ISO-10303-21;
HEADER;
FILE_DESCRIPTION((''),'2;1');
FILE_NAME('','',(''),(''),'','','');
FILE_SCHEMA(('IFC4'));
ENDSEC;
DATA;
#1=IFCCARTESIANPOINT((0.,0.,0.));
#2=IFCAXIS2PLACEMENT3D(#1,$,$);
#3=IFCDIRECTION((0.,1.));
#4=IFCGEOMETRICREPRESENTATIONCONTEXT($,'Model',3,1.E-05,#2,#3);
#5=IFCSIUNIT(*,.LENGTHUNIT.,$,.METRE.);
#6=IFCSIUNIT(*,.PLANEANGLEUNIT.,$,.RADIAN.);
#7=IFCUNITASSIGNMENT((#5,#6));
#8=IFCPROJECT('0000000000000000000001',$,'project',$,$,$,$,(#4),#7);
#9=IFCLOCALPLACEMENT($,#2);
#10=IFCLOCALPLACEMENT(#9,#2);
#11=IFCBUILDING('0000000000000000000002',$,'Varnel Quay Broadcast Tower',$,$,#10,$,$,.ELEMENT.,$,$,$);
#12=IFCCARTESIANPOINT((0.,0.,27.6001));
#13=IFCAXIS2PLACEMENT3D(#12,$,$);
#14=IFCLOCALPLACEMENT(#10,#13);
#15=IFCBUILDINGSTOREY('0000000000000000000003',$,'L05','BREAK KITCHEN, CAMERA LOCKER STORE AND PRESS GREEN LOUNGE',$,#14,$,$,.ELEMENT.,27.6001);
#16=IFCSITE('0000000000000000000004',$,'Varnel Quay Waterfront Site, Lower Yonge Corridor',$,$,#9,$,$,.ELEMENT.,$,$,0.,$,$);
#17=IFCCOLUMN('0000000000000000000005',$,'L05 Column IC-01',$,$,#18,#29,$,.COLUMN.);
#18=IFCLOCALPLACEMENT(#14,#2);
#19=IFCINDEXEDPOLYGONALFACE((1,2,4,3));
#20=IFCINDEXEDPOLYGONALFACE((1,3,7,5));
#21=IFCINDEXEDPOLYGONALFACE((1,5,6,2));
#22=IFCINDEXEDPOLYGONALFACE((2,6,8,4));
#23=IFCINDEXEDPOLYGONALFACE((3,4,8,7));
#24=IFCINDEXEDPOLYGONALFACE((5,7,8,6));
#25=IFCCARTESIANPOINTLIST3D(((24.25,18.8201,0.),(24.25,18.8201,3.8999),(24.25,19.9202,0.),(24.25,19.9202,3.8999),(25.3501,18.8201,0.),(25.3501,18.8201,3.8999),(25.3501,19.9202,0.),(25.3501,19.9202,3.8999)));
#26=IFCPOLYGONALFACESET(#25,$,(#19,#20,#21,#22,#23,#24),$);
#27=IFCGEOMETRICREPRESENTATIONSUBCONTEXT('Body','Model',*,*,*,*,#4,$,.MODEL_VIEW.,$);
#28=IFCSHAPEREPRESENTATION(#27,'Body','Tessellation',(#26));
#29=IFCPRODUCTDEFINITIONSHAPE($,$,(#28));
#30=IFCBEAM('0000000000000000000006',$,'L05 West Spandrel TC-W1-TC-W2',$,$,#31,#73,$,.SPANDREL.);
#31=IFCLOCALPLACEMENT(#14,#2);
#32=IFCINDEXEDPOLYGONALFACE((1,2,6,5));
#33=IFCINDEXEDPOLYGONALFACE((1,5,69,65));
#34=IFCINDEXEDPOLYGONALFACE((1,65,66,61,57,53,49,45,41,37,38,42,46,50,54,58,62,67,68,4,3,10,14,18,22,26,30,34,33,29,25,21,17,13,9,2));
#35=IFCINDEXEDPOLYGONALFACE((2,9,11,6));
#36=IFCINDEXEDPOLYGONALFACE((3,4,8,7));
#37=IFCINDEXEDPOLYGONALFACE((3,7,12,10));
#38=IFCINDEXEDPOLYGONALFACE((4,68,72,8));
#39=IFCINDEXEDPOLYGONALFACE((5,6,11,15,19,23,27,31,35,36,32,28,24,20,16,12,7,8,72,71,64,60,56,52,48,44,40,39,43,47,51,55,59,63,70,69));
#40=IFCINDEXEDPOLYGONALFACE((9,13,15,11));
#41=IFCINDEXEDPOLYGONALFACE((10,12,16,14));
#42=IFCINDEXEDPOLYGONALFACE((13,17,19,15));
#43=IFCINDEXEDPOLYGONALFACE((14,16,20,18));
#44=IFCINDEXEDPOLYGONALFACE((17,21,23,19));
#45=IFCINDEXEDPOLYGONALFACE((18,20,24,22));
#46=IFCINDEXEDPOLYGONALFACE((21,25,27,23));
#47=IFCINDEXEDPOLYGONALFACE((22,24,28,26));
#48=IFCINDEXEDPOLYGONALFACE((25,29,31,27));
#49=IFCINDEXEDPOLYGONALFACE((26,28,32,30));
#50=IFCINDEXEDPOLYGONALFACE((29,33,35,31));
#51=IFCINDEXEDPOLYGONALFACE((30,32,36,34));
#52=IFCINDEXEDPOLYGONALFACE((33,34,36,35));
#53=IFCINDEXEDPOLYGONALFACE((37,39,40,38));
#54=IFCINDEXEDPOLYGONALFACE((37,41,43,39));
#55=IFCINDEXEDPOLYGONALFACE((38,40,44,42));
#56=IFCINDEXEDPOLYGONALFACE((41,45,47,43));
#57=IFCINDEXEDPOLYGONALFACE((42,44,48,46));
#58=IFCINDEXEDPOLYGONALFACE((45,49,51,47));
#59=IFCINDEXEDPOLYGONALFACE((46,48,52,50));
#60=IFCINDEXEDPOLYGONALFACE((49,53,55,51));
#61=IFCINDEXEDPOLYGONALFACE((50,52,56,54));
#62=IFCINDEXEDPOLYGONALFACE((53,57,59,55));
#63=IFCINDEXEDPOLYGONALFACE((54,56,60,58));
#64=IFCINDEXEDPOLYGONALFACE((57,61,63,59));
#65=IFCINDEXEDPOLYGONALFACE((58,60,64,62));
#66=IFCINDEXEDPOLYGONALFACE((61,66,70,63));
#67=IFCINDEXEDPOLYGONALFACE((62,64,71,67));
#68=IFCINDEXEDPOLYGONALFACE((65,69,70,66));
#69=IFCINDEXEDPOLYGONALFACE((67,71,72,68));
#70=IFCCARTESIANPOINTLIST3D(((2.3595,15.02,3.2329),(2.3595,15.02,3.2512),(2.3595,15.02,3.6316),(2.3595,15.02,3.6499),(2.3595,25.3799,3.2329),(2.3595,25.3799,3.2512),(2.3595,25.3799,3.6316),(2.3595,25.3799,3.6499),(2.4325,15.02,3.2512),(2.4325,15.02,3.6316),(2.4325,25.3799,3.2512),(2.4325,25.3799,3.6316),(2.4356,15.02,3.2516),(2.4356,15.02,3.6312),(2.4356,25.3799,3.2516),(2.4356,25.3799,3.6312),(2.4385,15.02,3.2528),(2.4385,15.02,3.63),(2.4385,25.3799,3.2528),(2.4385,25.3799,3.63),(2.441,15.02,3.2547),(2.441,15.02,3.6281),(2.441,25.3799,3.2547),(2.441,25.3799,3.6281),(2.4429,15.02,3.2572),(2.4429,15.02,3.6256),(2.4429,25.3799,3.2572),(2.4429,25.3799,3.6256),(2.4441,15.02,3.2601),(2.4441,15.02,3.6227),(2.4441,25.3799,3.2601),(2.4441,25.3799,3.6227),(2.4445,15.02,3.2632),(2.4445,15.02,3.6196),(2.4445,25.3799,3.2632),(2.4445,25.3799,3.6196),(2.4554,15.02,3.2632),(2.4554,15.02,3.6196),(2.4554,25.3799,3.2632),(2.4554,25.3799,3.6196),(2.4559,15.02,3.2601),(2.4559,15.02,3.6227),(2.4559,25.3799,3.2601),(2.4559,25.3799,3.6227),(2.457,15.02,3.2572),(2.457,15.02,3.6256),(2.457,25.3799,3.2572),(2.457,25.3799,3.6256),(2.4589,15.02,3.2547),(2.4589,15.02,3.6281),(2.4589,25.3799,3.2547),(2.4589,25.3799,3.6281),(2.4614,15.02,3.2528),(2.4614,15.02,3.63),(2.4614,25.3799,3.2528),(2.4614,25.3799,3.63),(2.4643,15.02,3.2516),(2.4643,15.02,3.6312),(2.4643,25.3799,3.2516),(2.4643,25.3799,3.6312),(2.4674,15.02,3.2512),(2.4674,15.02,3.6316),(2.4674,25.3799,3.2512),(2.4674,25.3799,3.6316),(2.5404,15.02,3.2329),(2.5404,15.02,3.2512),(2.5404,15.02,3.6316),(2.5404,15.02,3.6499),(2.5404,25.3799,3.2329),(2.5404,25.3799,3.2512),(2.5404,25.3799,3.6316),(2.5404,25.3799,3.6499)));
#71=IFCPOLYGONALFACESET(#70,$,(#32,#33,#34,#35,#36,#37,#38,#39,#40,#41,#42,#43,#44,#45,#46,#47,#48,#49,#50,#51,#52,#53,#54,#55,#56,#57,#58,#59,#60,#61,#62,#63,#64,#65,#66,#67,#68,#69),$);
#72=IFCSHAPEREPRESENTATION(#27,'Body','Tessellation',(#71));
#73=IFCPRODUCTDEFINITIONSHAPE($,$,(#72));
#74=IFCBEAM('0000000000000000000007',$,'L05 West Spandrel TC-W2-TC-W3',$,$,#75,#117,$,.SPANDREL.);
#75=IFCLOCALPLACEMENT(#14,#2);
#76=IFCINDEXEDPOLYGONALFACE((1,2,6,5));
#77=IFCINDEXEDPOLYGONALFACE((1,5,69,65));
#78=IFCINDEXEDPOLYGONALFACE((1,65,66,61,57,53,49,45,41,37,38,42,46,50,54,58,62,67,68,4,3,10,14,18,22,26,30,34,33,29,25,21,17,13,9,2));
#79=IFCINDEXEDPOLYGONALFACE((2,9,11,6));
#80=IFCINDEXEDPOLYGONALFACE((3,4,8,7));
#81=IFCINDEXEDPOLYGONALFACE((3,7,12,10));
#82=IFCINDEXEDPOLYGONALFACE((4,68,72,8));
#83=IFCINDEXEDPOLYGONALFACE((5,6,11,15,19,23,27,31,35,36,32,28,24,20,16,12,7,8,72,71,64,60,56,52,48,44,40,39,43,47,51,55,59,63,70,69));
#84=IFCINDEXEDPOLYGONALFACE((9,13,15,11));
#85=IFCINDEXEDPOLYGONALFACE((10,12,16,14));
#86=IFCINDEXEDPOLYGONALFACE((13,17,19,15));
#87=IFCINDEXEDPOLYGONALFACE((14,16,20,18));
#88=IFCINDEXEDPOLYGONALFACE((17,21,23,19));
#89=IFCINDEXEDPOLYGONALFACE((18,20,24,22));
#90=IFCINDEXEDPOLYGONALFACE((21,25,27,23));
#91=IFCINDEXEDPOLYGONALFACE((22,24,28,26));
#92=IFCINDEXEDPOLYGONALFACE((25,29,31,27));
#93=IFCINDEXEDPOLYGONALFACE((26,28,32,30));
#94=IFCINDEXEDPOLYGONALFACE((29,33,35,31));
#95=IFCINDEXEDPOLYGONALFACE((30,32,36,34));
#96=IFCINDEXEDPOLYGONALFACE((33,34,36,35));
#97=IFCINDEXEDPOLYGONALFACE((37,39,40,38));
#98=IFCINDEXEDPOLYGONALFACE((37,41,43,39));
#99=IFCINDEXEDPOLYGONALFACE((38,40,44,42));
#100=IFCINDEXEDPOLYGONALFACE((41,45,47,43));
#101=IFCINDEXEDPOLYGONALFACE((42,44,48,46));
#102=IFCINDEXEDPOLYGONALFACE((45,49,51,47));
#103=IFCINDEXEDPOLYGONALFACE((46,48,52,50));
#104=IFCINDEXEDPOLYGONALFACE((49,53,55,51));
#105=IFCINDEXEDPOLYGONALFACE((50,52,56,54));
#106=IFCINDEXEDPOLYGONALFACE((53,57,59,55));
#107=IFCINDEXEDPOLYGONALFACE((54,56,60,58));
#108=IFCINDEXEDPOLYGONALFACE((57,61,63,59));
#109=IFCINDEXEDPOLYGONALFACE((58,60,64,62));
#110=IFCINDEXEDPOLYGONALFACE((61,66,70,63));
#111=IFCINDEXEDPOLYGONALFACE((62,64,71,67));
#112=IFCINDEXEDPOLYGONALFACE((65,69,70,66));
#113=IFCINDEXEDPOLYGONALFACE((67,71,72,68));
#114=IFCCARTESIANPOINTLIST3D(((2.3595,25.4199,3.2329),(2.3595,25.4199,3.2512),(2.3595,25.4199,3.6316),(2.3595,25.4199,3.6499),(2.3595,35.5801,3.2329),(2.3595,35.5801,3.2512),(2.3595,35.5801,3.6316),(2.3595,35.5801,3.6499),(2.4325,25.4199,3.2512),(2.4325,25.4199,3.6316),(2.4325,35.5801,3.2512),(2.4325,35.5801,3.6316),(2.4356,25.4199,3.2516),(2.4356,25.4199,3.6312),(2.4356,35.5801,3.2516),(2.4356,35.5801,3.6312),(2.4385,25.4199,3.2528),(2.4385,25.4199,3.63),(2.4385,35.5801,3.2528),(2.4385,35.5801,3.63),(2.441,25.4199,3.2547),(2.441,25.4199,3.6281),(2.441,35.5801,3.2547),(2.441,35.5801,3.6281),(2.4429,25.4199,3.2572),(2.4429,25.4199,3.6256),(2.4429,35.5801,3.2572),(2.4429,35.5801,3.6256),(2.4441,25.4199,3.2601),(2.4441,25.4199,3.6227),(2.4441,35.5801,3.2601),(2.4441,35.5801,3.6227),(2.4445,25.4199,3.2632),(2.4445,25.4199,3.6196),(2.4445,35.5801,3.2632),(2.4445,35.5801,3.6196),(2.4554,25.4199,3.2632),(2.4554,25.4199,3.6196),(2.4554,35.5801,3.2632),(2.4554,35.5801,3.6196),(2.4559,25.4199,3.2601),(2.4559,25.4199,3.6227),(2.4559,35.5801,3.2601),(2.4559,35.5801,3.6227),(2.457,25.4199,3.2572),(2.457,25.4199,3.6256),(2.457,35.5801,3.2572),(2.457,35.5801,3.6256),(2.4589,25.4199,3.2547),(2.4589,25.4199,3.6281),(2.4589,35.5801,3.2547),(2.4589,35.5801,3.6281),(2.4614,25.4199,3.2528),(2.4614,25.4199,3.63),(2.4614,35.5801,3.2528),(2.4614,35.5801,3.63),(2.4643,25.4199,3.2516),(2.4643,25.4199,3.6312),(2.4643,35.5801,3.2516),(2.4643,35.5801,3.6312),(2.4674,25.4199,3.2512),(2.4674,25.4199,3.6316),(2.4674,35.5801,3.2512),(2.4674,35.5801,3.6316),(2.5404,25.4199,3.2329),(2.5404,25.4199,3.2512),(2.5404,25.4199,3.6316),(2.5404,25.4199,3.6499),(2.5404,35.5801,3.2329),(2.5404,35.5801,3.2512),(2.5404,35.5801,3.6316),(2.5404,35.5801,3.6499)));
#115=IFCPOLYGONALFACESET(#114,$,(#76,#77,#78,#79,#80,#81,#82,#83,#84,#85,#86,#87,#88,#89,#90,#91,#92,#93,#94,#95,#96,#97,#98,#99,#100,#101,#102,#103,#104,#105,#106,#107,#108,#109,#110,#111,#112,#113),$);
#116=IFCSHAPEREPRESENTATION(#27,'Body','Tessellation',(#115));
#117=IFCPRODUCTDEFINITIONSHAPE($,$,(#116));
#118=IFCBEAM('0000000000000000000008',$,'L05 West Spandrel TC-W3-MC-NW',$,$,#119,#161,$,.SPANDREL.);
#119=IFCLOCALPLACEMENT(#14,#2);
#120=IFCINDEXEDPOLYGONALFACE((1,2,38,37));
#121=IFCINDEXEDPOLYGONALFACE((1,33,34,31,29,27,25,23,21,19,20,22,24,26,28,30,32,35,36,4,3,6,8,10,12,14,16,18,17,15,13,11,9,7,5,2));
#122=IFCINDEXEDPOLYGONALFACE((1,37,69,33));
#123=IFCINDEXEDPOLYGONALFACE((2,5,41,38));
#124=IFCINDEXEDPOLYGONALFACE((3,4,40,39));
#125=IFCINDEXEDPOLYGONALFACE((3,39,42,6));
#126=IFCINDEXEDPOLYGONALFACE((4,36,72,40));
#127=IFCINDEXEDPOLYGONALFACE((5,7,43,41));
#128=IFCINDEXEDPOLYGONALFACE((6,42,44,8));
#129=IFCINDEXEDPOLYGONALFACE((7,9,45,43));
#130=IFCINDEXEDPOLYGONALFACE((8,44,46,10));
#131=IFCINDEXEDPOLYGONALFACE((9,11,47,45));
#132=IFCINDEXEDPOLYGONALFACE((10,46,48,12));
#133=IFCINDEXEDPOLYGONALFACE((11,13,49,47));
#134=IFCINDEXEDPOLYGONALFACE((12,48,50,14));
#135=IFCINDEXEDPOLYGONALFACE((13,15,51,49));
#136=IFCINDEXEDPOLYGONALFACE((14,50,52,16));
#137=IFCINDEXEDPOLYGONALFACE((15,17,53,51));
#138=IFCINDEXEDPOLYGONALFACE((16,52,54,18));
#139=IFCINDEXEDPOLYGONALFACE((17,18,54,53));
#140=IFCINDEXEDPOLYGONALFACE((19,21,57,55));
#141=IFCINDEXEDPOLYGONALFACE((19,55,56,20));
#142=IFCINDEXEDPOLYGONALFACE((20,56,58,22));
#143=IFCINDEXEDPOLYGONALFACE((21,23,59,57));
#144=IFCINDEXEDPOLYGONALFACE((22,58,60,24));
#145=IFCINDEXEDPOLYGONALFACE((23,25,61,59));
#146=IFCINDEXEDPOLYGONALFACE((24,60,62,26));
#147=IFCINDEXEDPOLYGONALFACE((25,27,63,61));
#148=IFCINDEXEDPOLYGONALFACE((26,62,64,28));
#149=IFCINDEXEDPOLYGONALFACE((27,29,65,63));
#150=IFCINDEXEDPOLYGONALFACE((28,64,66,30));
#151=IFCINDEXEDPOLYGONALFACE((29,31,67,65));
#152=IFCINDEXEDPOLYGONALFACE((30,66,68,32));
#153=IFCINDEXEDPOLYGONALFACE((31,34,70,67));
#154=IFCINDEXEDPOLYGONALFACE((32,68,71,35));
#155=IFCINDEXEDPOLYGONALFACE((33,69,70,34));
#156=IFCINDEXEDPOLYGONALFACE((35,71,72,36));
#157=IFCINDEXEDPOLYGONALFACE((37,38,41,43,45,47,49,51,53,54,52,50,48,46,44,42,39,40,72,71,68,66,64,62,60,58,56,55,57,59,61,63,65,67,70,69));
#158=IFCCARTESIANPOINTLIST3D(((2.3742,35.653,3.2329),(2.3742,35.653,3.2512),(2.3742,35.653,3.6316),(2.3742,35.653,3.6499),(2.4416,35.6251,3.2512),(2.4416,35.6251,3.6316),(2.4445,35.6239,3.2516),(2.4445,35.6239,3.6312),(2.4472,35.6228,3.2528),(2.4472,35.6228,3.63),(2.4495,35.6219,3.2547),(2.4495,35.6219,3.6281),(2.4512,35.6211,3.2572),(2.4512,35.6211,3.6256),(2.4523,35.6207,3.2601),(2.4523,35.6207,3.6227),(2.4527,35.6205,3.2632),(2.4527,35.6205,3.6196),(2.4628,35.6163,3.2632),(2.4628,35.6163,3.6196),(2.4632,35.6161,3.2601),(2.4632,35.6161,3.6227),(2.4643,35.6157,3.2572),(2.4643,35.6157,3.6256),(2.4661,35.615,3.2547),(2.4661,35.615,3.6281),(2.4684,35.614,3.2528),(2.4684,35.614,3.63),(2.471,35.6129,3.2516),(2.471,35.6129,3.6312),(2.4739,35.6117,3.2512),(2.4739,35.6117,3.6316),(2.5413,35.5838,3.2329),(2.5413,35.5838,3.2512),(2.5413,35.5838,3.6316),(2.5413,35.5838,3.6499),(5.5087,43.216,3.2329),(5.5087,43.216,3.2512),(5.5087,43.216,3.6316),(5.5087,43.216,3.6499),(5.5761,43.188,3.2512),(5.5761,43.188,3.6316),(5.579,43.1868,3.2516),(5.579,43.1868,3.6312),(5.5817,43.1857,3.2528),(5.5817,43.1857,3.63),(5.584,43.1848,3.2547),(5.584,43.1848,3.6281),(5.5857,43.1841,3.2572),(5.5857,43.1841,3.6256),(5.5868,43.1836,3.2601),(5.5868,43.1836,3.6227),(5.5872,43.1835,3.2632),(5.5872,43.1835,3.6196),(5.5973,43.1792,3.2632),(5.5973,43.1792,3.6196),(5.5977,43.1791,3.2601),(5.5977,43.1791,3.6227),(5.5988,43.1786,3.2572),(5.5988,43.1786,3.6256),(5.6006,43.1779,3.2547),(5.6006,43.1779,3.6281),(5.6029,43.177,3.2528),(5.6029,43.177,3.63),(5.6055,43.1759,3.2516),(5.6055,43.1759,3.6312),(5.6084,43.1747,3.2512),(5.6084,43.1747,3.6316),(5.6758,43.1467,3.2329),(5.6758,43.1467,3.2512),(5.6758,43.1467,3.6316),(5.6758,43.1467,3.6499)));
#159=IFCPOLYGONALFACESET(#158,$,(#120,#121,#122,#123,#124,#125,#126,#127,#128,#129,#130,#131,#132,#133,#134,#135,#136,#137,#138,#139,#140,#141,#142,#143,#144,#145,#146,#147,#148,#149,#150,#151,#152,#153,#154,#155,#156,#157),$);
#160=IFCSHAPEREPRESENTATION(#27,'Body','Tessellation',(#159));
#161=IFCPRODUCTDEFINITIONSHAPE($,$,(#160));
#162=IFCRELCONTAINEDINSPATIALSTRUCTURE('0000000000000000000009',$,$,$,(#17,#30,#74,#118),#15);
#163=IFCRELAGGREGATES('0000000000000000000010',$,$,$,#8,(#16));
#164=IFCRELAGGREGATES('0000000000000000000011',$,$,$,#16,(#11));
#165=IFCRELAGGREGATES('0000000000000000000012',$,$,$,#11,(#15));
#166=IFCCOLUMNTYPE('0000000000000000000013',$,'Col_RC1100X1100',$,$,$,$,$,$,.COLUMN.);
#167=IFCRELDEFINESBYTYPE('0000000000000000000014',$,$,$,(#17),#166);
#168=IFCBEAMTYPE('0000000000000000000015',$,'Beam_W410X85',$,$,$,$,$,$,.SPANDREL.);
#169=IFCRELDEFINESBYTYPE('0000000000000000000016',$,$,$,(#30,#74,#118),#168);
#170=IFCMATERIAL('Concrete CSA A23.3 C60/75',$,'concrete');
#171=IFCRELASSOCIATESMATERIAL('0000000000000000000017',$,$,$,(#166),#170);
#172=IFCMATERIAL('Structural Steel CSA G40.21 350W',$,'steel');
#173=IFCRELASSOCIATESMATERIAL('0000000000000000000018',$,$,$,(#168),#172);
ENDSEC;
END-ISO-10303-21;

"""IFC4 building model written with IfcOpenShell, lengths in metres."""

from ifc_helpers import new_model, si_unit, direction, frame, origin, origin_2d, place, context, subcontext, project, spatial, rectangle, i_section, extrude, source, transform, mapped, material, material_profile, profile_set, type_object, type_shapes, element, save


model = new_model("IFC4")

# Units and contexts
model_context = context("Model", 3, precision=1e-05, world=origin(), true_north=direction((0.0, 1.0)))
body_context = subcontext(model_context, "Body", "Model", "MODEL_VIEW")
ifc_project = project(units=[si_unit("LENGTHUNIT", "METRE"), si_unit("PLANEANGLEUNIT", "RADIAN")], contexts=[model_context])

# Site, building, storey
site_placement = place(None, origin())
site = spatial("IfcSite", under=ifc_project, at=site_placement, Name="Varnel Quay Waterfront Site, Lower Yonge Corridor", CompositionType="ELEMENT", RefElevation=0.0)
building_placement = place(site_placement, origin())
building = spatial("IfcBuilding", under=site, at=building_placement, Name="Varnel Quay Broadcast Tower", CompositionType="ELEMENT")
storey_placement = place(building_placement, frame((0.0, 0.0, 27.6001)))
storey = spatial("IfcBuildingStorey", under=building, at=storey_placement, Name="L05", Description="BREAK KITCHEN, CAMERA LOCKER STORE AND PRESS GREEN LOUNGE", CompositionType="ELEMENT", Elevation=27.6001)

# Column
ifc_material_1 = material(Name="Structural Steel CSA G40.21 350W", Category="steel")
ifc_material_2 = material(Name="Concrete CSA A23.3 C60/75", Category="concrete")
ifc_material_profile_1 = material_profile(ifc_material_2, rectangle(XDim=1.1001, YDim=1.1001, at=origin_2d()), Name="RC1100X1100")
ifc_profile_set_1 = profile_set([ifc_material_profile_1], Name="Concrete CSA A23.3 C60/75")
column_type_1 = type_object("IfcColumnType", Name="Col_RC1100X1100", PredefinedType="COLUMN", material=ifc_profile_set_1)
shared_shape_1 = source(origin(), body_context, "Body", "SweptSolid", [
    extrude(rectangle(XDim=1.1001, YDim=1.1001, at=origin_2d()), origin(), (0.0, 0.0, 1.0), 3.8999),
])
type_shapes(column_type_1, [shared_shape_1])
column_placement = place(storey_placement, frame((24.8, 19.3701, 0.0), z_axis=(0.0, 0.0, 1.0), x_axis=(1.0, 0.0, 0.0)))
element("IfcColumn", 1, at=column_placement, inside=storey, type_object=column_type_1, Name="L05 Column IC-01", PredefinedType="COLUMN", context=body_context, shape_type="MappedRepresentation", body=[
    mapped(shared_shape_1, transform((0.0, 0.0, 0.0), x_axis=(1.0, 0.0, 0.0), y_axis=(0.0, 1.0, 0.0), z_axis=(0.0, 0.0, 1.0), scale=1.0)),
])

# Beams
ifc_material_profile_2 = material_profile(ifc_material_1, i_section(OverallWidth=0.1809, OverallDepth=0.417, WebThickness=0.011, FlangeThickness=0.0183, FilletRadius=0.012, at=origin_2d()), Name="W410X85")
ifc_profile_set_2 = profile_set([ifc_material_profile_2], Name="Structural Steel CSA G40.21 350W")
beam_type_1 = type_object("IfcBeamType", Name="Beam_W410X85", PredefinedType="SPANDREL", material=ifc_profile_set_2)
shared_shape_2 = source(origin(), body_context, "Body", "SweptSolid", [
    extrude(i_section(OverallWidth=0.1809, OverallDepth=0.417, WebThickness=0.011, FlangeThickness=0.0183, FilletRadius=0.012, at=origin_2d()), origin(), (0.0, 0.0, 1.0), 10.3599),
])
beam_1_placement = place(storey_placement, frame((2.45, 15.02, 3.4414), z_axis=(0.0, 1.0, 0.0), x_axis=(-1.0, 0.0, 0.0)))
element("IfcBeam", 2, at=beam_1_placement, inside=storey, type_object=beam_type_1, Name="L05 West Spandrel TC-W1-TC-W2", PredefinedType="SPANDREL", context=body_context, shape_type="MappedRepresentation", body=[
    mapped(shared_shape_2, transform((0.0, 0.0, 0.0), x_axis=(1.0, 0.0, 0.0), y_axis=(0.0, 1.0, 0.0), z_axis=(0.0, 0.0, 1.0), scale=1.0)),
])
shared_shape_3 = source(origin(), body_context, "Body", "SweptSolid", [
    extrude(i_section(OverallWidth=0.1809, OverallDepth=0.417, WebThickness=0.011, FlangeThickness=0.0183, FilletRadius=0.012, at=origin_2d()), origin(), (0.0, 0.0, 1.0), 10.1602),
])
beam_2_placement = place(storey_placement, frame((2.45, 25.4199, 3.4414), z_axis=(0.0, 1.0, 0.0), x_axis=(-1.0, 0.0, 0.0)))
element("IfcBeam", 3, at=beam_2_placement, inside=storey, type_object=beam_type_1, Name="L05 West Spandrel TC-W2-TC-W3", PredefinedType="SPANDREL", context=body_context, shape_type="MappedRepresentation", body=[
    mapped(shared_shape_3, transform((0.0, 0.0, 0.0), x_axis=(1.0, 0.0, 0.0), y_axis=(0.0, 1.0, 0.0), z_axis=(0.0, 0.0, 1.0), scale=1.0)),
])
shared_shape_4 = source(origin(), body_context, "Body", "SweptSolid", [
    extrude(i_section(OverallWidth=0.1809, OverallDepth=0.417, WebThickness=0.011, FlangeThickness=0.0183, FilletRadius=0.012, at=origin_2d()), origin(), (0.0, 0.0, 1.0), 8.1868),
])
type_shapes(beam_type_1, [shared_shape_2, shared_shape_3, shared_shape_4])
beam_3_placement = place(storey_placement, frame((2.4578, 35.6184, 3.4414), z_axis=(0.382874, 0.923801, 0.0), x_axis=(-0.923801, 0.382874, 0.0)))
element("IfcBeam", 4, at=beam_3_placement, inside=storey, type_object=beam_type_1, Name="L05 West Spandrel TC-W3-MC-NW", PredefinedType="SPANDREL", context=body_context, shape_type="MappedRepresentation", body=[
    mapped(shared_shape_4, transform((0.0, 0.0, 0.0), x_axis=(1.0, 0.0, 0.0), y_axis=(0.0, 1.0, 0.0), z_axis=(0.0, 0.0, 1.0), scale=1.0)),
])

save(model, "model.ifc")
